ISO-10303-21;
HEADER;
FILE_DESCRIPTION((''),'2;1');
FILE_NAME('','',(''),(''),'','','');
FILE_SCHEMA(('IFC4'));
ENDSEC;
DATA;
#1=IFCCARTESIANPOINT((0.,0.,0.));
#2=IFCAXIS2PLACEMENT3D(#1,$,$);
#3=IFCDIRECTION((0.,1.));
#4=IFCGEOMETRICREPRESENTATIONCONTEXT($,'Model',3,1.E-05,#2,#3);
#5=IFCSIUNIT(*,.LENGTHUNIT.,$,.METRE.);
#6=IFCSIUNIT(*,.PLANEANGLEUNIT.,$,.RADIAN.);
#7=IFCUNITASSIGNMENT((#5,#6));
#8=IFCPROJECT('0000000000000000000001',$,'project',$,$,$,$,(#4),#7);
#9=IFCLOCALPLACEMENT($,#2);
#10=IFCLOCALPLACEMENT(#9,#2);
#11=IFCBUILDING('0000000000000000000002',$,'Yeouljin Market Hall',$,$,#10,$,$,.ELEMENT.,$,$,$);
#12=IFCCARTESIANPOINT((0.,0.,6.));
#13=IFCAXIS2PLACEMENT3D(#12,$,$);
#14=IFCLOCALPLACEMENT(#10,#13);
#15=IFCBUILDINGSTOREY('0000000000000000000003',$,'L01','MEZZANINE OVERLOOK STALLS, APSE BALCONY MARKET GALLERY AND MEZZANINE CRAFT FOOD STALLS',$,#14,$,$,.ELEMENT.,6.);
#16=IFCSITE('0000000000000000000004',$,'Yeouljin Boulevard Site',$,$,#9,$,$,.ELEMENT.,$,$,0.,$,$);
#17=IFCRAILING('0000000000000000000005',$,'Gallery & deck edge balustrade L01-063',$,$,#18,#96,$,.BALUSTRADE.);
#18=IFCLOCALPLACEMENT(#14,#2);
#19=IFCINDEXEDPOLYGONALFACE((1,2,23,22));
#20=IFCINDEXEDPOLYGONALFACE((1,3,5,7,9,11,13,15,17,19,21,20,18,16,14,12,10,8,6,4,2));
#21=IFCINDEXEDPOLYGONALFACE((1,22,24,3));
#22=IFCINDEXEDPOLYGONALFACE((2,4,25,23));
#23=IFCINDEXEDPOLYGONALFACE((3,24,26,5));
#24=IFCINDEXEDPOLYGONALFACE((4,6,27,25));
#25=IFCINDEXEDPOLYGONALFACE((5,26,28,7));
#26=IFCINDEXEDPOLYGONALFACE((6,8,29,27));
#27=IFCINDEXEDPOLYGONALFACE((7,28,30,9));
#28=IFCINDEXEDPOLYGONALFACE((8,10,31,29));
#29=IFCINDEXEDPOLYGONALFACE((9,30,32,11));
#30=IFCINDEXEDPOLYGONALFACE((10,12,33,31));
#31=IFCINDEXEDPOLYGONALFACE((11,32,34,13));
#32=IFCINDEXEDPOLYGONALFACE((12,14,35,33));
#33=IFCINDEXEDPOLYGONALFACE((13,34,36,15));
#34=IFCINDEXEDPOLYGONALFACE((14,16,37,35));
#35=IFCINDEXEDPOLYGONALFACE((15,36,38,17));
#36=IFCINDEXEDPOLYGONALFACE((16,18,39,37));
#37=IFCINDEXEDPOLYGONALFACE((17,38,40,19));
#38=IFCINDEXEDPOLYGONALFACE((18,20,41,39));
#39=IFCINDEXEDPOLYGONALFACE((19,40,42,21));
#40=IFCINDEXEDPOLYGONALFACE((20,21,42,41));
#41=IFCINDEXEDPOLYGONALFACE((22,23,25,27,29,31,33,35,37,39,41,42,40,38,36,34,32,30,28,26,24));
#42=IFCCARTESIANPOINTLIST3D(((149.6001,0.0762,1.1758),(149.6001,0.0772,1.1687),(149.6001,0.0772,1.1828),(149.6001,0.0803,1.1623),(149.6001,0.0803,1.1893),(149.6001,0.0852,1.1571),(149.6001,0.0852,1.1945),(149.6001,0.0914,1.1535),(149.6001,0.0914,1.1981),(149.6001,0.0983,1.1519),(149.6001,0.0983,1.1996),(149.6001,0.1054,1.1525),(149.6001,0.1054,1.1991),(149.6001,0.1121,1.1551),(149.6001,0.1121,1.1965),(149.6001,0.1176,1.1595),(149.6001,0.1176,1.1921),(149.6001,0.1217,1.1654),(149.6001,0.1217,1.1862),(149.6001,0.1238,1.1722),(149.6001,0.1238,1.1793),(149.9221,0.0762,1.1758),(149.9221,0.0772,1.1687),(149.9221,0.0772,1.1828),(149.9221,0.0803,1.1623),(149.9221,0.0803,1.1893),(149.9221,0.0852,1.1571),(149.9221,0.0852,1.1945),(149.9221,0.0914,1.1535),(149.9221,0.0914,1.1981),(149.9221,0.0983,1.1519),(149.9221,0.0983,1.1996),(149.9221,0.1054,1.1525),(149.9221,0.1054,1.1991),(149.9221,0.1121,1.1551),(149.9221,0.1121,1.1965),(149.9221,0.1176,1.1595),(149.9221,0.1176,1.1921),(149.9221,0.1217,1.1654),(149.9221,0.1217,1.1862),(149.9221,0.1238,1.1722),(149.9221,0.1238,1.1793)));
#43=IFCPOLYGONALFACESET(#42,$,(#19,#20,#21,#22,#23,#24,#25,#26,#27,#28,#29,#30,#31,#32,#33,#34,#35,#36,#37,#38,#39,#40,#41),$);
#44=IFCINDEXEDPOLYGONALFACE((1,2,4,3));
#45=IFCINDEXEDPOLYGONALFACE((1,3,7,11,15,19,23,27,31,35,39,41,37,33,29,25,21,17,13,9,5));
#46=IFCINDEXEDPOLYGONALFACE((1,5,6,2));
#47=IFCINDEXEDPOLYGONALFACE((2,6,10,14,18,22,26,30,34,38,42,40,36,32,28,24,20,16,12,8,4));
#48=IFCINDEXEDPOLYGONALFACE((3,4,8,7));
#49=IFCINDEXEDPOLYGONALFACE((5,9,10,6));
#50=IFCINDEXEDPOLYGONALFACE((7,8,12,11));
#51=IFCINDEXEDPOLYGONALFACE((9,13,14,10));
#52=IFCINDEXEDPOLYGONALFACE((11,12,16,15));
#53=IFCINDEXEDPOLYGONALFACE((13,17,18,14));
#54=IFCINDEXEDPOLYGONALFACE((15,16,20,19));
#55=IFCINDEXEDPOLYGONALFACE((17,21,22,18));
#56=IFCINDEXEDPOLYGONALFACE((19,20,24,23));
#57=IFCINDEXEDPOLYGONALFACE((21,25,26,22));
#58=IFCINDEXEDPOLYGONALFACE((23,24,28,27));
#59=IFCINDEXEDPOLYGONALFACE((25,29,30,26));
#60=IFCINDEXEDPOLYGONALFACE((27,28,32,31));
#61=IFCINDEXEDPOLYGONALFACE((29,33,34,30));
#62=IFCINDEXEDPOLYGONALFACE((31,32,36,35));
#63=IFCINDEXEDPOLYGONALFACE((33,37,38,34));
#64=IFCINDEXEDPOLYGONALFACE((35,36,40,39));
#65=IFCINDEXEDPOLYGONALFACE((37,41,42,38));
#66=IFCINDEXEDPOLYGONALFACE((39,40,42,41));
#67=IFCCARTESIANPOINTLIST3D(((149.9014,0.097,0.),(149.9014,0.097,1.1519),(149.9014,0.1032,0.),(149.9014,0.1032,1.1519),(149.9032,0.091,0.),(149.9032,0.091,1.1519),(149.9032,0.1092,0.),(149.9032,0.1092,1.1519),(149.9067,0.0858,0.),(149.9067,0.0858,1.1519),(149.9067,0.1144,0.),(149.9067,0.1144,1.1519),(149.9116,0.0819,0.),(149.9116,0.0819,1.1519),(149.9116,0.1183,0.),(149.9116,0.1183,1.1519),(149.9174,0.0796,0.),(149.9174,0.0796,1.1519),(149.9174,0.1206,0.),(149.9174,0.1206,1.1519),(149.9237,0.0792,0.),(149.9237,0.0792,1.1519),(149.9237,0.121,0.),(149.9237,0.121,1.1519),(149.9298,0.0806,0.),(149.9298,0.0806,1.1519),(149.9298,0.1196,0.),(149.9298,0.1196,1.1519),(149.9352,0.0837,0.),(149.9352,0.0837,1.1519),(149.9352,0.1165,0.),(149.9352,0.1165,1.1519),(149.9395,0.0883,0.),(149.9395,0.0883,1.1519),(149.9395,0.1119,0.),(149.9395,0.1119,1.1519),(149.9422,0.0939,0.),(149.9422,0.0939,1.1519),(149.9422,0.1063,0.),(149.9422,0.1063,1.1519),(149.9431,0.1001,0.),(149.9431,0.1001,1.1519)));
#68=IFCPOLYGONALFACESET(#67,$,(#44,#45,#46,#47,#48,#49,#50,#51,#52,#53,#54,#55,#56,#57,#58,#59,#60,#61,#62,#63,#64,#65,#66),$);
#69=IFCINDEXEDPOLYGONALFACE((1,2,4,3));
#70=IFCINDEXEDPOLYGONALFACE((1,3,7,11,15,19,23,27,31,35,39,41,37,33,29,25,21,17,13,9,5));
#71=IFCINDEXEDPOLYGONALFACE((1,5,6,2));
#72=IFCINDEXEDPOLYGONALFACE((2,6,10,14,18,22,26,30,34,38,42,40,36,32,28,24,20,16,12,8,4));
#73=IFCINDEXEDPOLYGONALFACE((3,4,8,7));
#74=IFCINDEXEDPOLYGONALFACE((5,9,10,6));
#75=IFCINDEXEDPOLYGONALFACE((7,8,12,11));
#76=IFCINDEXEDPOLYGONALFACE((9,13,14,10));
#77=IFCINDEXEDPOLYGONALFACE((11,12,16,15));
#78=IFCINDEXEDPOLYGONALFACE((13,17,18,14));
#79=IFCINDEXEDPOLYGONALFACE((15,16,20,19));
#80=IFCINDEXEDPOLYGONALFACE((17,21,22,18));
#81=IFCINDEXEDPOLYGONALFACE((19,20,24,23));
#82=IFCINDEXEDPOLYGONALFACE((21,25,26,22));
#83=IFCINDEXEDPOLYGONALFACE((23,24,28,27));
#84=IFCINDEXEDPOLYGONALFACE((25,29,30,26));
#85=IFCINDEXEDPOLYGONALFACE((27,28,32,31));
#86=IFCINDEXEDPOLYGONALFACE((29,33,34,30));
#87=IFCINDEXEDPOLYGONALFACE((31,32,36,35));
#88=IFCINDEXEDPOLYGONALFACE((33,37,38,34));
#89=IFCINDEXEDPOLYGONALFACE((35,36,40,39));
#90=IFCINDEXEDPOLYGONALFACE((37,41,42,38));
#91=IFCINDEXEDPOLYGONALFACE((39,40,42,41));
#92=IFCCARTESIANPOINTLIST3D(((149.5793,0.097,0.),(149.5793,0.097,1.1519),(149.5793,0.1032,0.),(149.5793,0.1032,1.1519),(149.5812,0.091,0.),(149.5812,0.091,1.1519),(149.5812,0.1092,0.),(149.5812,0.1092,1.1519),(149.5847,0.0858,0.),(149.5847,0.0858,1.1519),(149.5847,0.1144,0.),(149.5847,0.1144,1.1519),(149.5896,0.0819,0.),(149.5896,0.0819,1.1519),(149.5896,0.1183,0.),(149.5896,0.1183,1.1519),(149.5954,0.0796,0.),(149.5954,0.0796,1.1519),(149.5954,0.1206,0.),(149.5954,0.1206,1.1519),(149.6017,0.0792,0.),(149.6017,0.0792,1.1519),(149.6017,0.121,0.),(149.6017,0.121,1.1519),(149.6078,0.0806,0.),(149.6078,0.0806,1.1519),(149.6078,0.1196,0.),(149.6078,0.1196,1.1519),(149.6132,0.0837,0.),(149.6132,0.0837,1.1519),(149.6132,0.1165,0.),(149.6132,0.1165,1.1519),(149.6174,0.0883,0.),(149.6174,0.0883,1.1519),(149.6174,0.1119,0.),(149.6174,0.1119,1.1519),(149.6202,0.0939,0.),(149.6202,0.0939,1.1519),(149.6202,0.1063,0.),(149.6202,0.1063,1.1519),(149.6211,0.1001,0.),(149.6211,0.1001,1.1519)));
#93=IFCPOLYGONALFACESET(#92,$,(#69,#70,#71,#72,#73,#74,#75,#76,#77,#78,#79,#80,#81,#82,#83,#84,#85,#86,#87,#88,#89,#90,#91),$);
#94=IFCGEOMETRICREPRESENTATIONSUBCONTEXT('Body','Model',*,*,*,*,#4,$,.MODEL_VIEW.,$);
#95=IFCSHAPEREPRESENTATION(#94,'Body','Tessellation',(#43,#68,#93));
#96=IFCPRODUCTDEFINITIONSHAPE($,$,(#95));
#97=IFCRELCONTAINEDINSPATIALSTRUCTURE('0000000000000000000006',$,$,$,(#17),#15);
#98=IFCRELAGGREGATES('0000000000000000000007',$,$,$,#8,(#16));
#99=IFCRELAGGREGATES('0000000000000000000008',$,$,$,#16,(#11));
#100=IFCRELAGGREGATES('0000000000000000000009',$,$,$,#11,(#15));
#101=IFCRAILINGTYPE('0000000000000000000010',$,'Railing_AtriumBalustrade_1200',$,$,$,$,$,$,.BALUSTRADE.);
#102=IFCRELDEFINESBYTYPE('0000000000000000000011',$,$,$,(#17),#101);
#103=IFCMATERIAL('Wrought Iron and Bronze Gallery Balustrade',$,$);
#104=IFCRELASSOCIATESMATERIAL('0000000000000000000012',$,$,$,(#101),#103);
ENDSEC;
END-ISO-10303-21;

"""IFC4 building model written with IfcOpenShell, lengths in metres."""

from ifc_helpers import new_model, si_unit, direction, frame, origin, origin_2d, place, context, subcontext, project, spatial, circle, extrude, material, type_object, element, save


model = new_model("IFC4")

# Units and contexts
model_context = context("Model", 3, precision=1e-05, world=origin(), true_north=direction((0.0, 1.0)))
body_context = subcontext(model_context, "Body", "Model", "MODEL_VIEW")
ifc_project = project(units=[si_unit("LENGTHUNIT", "METRE"), si_unit("PLANEANGLEUNIT", "RADIAN")], contexts=[model_context])

# Site, building, storey
site_placement = place(None, origin())
site = spatial("IfcSite", under=ifc_project, at=site_placement, Name="Yeouljin Boulevard Site", CompositionType="ELEMENT", RefElevation=0.0)
building_placement = place(site_placement, origin())
building = spatial("IfcBuilding", under=site, at=building_placement, Name="Yeouljin Market Hall", CompositionType="ELEMENT")
storey_placement = place(building_placement, frame((0.0, 0.0, 6.0)))
storey = spatial("IfcBuildingStorey", under=building, at=storey_placement, Name="L01", Description="MEZZANINE OVERLOOK STALLS, APSE BALCONY MARKET GALLERY AND MEZZANINE CRAFT FOOD STALLS", CompositionType="ELEMENT", Elevation=6.0)

# Railing
ifc_material_1 = material(Name="Wrought Iron and Bronze Gallery Balustrade")
railing_type = type_object("IfcRailingType", Name="Railing_AtriumBalustrade_1200", PredefinedType="BALUSTRADE", material=ifc_material_1)
railing_placement = place(storey_placement, frame((149.9221, 0.1001, 0.0)))
element("IfcRailing", 1, at=railing_placement, inside=storey, type_object=railing_type, Name="Gallery & deck edge balustrade L01-063", PredefinedType="BALUSTRADE", context=body_context, shape_type="SweptSolid", body=[
    extrude(circle(Radius=0.0239, at=origin_2d()), frame((0.0, 0.0, 1.1758), z_axis=(-1.0, 0.0, 0.0), x_axis=(0.0, -1.0, 0.0)), (0.0, 0.0, 1.0), 0.322),
    extrude(circle(Radius=0.021, at=origin_2d()), origin(), (0.0, 0.0, 1.0), 1.1519),
    extrude(circle(Radius=0.021, at=origin_2d()), frame((-0.322, 0.0, 0.0)), (0.0, 0.0, 1.0), 1.1519),
])

save(model, "model.ifc")
